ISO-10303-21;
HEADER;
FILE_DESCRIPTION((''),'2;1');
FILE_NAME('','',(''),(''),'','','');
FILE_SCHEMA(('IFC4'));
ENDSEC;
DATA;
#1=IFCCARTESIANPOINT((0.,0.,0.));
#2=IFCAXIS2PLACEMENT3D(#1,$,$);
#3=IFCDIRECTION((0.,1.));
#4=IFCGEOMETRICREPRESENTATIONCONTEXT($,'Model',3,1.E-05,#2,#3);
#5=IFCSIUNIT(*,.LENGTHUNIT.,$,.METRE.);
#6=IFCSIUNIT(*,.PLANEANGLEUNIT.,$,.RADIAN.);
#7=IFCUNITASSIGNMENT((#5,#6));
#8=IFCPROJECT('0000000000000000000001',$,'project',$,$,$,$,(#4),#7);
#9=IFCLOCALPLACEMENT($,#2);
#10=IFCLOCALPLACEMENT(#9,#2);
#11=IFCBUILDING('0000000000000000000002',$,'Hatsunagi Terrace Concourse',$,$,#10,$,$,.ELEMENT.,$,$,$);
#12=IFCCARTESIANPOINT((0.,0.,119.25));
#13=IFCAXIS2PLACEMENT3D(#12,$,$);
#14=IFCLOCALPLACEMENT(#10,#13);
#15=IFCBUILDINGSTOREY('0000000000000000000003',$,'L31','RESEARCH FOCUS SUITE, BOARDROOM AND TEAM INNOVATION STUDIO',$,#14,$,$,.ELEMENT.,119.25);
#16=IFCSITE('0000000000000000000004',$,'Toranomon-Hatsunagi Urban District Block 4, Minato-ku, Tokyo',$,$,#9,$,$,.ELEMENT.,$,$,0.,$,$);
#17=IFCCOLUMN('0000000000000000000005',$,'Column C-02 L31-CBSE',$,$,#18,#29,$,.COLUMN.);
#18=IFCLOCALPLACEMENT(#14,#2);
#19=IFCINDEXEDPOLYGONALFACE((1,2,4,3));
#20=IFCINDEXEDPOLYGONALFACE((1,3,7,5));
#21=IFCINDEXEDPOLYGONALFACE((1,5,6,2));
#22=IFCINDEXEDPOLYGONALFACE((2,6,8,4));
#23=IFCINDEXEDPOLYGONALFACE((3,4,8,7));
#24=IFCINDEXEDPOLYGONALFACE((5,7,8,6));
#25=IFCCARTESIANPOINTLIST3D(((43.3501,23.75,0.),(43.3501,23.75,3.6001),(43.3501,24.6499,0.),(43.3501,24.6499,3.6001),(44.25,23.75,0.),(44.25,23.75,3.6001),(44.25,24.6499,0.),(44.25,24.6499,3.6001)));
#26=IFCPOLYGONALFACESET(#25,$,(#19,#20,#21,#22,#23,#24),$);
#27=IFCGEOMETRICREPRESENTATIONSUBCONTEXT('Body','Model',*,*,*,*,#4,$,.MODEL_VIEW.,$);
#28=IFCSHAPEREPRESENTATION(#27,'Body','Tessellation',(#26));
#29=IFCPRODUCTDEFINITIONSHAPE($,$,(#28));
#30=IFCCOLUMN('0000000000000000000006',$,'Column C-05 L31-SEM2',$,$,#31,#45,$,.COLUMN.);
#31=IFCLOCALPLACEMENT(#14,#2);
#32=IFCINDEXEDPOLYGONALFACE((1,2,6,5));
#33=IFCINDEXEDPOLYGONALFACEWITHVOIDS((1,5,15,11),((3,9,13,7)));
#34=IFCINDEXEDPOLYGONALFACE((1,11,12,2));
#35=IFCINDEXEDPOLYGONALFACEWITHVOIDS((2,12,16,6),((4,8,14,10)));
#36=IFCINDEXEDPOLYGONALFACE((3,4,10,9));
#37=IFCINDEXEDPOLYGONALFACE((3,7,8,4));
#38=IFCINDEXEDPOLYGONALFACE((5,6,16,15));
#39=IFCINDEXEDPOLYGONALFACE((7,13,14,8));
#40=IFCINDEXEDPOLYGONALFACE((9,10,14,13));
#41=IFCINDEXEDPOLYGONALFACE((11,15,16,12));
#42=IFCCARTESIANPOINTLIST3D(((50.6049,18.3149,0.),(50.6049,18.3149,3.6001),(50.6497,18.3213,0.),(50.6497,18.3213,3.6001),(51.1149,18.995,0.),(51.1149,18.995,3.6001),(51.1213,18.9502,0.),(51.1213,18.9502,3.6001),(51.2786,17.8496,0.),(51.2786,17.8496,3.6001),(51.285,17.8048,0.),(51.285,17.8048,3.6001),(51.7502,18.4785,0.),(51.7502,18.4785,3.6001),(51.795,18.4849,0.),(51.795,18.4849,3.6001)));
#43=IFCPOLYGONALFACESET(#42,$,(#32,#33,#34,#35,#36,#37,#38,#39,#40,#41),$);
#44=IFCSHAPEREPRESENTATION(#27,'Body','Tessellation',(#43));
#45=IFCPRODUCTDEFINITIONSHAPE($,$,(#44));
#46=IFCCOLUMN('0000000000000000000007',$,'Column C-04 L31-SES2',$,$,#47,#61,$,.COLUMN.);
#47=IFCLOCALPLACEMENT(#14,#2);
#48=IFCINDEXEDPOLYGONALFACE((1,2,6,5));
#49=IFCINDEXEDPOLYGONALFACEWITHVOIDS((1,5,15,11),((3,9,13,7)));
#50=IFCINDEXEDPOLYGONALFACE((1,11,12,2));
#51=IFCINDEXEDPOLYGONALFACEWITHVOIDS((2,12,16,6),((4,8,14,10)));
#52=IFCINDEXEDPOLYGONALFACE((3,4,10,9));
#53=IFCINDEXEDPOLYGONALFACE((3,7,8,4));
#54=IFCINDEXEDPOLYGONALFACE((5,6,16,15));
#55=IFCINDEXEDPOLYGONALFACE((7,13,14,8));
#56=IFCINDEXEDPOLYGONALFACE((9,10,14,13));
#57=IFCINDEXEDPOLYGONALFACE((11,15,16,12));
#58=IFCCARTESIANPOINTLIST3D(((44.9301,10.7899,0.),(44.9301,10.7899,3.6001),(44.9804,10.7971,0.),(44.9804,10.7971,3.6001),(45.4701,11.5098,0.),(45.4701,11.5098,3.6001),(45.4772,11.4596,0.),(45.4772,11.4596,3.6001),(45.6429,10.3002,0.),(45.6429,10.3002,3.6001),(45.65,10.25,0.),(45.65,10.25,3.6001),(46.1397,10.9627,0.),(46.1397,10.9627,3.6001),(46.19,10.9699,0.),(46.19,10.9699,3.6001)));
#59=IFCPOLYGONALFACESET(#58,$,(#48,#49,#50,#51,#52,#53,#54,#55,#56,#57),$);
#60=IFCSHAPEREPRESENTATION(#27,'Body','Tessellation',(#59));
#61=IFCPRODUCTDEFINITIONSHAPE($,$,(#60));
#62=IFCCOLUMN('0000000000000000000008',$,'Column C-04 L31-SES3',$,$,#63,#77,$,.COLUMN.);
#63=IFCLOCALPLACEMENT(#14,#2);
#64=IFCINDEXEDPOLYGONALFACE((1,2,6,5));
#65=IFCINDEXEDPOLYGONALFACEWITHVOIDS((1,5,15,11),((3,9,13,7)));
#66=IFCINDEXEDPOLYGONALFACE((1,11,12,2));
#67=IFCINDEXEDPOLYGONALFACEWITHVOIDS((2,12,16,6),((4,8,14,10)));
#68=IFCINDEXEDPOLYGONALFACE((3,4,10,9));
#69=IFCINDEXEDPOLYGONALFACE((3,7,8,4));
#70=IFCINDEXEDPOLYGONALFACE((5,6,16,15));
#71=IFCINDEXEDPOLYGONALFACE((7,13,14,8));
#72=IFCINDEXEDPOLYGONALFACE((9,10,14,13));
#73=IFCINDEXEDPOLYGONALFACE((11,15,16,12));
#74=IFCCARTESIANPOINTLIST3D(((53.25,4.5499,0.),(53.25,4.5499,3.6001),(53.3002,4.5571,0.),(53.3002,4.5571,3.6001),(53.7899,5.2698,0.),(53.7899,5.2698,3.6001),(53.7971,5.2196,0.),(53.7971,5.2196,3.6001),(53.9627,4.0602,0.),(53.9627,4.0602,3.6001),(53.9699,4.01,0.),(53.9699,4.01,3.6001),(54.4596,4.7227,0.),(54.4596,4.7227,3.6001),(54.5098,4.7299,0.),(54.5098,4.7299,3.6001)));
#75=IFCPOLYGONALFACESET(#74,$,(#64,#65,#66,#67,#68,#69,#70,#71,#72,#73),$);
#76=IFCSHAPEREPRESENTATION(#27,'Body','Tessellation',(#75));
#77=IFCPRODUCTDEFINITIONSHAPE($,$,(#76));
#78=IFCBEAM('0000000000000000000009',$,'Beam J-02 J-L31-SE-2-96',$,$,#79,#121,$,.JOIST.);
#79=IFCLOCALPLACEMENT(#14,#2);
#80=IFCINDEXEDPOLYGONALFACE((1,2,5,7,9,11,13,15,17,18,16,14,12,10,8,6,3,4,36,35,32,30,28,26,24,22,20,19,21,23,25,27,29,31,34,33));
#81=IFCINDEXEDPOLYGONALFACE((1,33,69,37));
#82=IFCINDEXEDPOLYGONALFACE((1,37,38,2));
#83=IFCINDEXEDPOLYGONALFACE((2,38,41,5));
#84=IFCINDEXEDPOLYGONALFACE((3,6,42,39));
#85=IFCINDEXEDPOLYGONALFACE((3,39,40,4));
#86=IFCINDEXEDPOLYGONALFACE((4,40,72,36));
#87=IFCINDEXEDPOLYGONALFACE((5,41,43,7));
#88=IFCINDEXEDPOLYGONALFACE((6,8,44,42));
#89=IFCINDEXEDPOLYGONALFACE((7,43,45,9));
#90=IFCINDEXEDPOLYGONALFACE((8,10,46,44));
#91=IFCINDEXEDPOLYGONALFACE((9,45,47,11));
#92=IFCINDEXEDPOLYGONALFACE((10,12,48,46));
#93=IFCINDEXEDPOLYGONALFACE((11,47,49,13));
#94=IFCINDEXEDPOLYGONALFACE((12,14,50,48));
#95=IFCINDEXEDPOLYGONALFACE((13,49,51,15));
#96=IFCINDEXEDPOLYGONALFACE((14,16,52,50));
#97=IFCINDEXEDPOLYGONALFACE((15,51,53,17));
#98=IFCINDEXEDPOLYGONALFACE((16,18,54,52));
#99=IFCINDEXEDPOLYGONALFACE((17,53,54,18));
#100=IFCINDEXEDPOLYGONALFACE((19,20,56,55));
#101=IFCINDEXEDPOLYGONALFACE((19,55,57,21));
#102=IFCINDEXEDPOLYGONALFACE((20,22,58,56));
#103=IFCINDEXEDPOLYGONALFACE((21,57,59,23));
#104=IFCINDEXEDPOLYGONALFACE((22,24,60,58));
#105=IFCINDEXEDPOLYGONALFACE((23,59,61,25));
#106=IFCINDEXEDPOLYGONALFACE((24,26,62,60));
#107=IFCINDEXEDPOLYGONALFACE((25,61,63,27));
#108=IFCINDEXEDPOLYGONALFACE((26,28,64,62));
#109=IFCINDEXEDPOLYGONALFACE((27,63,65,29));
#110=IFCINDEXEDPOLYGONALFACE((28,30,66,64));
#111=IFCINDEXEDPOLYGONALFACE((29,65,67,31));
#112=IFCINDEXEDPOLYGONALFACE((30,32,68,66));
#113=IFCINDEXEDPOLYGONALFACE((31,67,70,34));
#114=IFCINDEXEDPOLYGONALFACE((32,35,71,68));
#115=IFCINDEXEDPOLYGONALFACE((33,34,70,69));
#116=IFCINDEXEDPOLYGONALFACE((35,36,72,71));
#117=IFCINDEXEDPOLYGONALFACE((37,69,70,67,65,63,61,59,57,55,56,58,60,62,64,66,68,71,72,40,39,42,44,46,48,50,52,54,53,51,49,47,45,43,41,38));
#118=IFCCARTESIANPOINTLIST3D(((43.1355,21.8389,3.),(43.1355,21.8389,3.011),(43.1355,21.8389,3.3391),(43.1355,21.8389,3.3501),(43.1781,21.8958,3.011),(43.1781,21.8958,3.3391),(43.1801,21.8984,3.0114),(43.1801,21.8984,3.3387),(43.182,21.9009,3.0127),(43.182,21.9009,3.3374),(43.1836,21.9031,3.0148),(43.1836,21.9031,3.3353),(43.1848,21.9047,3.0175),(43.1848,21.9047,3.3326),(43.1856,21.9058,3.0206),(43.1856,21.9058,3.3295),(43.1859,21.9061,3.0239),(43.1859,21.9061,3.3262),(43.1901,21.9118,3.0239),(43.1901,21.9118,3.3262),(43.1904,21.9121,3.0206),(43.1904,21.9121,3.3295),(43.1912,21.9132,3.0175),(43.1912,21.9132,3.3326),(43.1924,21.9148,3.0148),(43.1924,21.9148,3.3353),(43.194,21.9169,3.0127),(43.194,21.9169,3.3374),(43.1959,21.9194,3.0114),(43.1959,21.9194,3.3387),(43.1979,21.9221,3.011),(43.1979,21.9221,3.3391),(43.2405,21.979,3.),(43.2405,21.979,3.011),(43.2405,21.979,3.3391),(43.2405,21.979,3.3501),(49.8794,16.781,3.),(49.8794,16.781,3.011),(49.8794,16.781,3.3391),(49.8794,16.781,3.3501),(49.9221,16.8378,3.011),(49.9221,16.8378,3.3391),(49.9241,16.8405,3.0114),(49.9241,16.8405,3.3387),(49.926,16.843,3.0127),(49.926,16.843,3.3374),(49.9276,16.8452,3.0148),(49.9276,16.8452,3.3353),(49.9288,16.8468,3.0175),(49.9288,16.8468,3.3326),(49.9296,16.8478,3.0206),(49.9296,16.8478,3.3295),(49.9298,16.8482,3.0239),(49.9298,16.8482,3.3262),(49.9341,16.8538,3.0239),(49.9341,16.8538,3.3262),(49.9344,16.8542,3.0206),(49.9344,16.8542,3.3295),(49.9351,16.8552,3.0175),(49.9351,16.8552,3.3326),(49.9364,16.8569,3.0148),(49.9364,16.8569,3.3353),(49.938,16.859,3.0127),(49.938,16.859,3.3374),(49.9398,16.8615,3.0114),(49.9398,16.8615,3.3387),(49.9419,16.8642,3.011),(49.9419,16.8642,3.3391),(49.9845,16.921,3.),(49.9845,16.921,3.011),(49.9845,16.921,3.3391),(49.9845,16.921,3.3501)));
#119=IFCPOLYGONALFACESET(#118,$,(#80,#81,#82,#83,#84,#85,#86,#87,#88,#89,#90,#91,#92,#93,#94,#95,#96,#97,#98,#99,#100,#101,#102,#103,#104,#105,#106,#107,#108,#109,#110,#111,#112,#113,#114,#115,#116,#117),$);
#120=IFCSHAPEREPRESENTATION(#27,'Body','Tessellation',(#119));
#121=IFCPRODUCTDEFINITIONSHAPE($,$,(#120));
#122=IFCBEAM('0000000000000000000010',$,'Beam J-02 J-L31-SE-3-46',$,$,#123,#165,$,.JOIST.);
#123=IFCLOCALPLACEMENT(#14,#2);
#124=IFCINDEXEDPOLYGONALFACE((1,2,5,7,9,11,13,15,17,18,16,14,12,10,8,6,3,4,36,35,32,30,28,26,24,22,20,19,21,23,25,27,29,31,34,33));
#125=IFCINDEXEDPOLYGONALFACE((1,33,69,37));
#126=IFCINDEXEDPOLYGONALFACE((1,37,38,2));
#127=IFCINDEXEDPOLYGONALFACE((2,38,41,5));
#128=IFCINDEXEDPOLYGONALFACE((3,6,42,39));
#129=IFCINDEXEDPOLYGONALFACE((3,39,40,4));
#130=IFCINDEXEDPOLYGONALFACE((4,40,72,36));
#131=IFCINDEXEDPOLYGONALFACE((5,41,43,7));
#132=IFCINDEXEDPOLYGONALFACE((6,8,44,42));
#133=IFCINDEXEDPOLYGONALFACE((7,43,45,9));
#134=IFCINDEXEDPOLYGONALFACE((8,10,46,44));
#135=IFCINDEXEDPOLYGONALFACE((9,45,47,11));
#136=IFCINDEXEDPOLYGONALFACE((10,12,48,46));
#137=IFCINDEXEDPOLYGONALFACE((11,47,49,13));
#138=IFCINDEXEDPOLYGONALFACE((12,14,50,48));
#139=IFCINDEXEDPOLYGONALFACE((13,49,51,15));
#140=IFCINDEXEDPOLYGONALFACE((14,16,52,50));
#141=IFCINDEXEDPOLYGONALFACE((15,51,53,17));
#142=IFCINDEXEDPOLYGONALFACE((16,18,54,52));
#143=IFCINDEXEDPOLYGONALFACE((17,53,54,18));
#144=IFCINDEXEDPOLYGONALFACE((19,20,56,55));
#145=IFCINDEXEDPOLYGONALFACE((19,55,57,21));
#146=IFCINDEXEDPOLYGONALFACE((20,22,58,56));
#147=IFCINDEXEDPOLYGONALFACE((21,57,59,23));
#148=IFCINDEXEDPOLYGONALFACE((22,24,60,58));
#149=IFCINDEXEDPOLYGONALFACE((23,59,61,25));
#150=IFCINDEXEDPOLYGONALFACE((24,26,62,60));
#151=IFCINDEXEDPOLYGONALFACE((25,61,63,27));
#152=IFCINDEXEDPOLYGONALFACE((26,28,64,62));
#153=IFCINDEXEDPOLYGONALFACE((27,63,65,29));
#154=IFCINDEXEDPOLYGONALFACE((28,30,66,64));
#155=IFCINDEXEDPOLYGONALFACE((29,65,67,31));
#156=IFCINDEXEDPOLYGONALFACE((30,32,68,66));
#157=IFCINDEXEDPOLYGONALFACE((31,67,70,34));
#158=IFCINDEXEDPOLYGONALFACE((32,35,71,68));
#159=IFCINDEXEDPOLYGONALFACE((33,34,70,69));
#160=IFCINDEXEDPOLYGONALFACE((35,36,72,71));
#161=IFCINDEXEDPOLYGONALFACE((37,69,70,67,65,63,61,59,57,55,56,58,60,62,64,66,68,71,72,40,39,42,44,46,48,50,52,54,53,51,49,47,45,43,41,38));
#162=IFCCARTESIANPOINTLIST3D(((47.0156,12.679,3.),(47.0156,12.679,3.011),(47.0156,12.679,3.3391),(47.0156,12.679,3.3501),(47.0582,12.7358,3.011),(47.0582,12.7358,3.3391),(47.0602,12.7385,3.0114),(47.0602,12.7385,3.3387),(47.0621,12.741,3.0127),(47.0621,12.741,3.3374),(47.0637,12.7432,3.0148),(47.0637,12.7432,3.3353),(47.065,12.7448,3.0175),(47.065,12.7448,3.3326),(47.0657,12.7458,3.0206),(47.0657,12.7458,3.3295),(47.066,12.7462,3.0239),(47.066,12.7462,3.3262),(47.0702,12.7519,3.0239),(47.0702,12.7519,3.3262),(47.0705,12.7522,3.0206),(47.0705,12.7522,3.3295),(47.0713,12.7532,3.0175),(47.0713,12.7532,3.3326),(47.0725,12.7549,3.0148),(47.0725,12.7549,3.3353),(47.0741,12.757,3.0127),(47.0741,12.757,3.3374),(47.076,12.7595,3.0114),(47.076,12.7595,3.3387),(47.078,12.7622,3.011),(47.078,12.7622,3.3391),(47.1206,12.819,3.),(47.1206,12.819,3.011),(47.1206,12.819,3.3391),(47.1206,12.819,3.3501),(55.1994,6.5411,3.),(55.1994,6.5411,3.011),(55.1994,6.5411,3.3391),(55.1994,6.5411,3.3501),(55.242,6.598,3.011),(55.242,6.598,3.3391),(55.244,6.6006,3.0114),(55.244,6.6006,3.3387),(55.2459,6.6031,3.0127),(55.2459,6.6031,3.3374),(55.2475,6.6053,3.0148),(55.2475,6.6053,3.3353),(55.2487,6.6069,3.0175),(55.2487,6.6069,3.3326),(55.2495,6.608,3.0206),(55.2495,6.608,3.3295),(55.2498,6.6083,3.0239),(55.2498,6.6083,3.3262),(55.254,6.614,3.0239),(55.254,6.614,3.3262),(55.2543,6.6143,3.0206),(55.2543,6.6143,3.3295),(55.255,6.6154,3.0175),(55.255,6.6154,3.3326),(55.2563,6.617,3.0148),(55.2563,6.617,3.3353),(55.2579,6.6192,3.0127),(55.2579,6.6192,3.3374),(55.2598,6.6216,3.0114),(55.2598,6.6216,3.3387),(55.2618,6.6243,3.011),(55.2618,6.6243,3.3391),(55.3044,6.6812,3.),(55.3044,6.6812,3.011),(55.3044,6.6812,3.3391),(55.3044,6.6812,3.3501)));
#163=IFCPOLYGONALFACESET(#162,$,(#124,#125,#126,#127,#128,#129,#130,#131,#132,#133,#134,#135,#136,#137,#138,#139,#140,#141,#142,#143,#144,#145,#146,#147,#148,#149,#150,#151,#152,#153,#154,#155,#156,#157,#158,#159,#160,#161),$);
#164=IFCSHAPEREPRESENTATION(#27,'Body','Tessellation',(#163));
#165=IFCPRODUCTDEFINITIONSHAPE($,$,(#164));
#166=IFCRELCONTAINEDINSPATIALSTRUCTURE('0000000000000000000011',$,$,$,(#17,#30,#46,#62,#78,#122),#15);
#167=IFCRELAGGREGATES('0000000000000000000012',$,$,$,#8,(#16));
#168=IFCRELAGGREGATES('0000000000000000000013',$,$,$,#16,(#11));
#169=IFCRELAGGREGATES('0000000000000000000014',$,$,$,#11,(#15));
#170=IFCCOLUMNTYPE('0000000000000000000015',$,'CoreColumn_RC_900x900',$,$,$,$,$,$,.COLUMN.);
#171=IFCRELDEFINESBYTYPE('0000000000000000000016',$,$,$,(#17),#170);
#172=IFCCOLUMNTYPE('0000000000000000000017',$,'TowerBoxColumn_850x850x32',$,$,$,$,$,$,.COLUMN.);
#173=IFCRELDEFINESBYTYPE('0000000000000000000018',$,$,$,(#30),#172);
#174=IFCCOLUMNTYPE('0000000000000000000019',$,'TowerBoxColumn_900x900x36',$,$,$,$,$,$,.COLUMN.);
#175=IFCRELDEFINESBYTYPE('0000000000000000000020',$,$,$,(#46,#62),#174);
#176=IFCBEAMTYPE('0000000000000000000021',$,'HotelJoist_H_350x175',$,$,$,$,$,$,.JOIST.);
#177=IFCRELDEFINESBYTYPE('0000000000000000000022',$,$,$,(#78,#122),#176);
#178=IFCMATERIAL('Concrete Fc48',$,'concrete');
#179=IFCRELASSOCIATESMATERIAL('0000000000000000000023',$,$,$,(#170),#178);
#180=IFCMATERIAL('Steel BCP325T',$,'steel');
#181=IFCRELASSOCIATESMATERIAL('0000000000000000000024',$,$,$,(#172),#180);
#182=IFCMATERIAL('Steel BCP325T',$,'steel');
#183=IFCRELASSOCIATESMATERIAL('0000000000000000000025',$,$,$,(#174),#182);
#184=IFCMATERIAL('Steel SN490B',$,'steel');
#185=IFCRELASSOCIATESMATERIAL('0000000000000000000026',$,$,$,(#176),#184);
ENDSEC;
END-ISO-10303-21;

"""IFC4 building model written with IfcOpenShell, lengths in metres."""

from ifc_helpers import new_model, si_unit, direction, frame, origin, origin_2d, place, context, subcontext, project, spatial, rectangle, hollow_rectangle, i_section, extrude, material, material_profile, profile_set, type_object, element, save


model = new_model("IFC4")

# Units and contexts
model_context = context("Model", 3, precision=1e-05, world=origin(), true_north=direction((0.0, 1.0)))
body_context = subcontext(model_context, "Body", "Model", "MODEL_VIEW")
ifc_project = project(units=[si_unit("LENGTHUNIT", "METRE"), si_unit("PLANEANGLEUNIT", "RADIAN")], contexts=[model_context])

# Site, building, storey
site_placement = place(None, origin())
site = spatial("IfcSite", under=ifc_project, at=site_placement, Name="Toranomon-Hatsunagi Urban District Block 4, Minato-ku, Tokyo", CompositionType="ELEMENT", RefElevation=0.0)
building_placement = place(site_placement, origin())
building = spatial("IfcBuilding", under=site, at=building_placement, Name="Hatsunagi Terrace Concourse", CompositionType="ELEMENT")
storey_placement = place(building_placement, frame((0.0, 0.0, 119.25)))
storey = spatial("IfcBuildingStorey", under=building, at=storey_placement, Name="L31", Description="RESEARCH FOCUS SUITE, BOARDROOM AND TEAM INNOVATION STUDIO", CompositionType="ELEMENT", Elevation=119.25)

# Columns
ifc_material_1 = material(Name="Concrete Fc48", Category="concrete")
ifc_material_profile_1 = material_profile(ifc_material_1, rectangle(XDim=0.8999, YDim=0.8999, at=origin_2d()), Name="RC-900x900")
ifc_profile_set_1 = profile_set([ifc_material_profile_1], Name="Concrete Fc48")
column_type_1 = type_object("IfcColumnType", Name="CoreColumn_RC_900x900", PredefinedType="COLUMN", material=ifc_profile_set_1)
column_1_placement = place(storey_placement, frame((43.8, 24.2, 0.0), z_axis=(0.0, 0.0, 1.0), x_axis=(1.0, 0.0, 0.0)))
element("IfcColumn", 1, at=column_1_placement, inside=storey, type_object=column_type_1, Name="Column C-02 L31-CBSE", PredefinedType="COLUMN", context=body_context, shape_type="SweptSolid", body=[
    extrude(rectangle(XDim=0.8999, YDim=0.8999, at=origin_2d()), origin(), (0.0, 0.0, 1.0), 3.6001),
])
ifc_material_2 = material(Name="Steel BCP325T", Category="steel")
ifc_material_profile_2 = material_profile(ifc_material_2, hollow_rectangle(XDim=0.8501, YDim=0.8501, WallThickness=0.032, at=origin_2d()), Name="BCP-850x850x32")
ifc_profile_set_2 = profile_set([ifc_material_profile_2], Name="Steel BCP325T")
column_type_2 = type_object("IfcColumnType", Name="TowerBoxColumn_850x850x32", PredefinedType="COLUMN", material=ifc_profile_set_2)
column_2_placement = place(storey_placement, frame((51.2, 18.3999, 0.0), z_axis=(0.0, 0.0, 1.0), x_axis=(0.8, -0.6, 0.0)))
element("IfcColumn", 2, at=column_2_placement, inside=storey, type_object=column_type_2, Name="Column C-05 L31-SEM2", PredefinedType="COLUMN", context=body_context, shape_type="SweptSolid", body=[
    extrude(hollow_rectangle(XDim=0.8501, YDim=0.8501, WallThickness=0.032, at=origin_2d()), origin(), (0.0, 0.0, 1.0), 3.6001),
])
ifc_material_3 = material(Name="Steel BCP325T", Category="steel")
ifc_material_profile_3 = material_profile(ifc_material_3, hollow_rectangle(XDim=0.8999, YDim=0.8999, WallThickness=0.0359, at=origin_2d()), Name="BCP-900x900x36")
ifc_profile_set_3 = profile_set([ifc_material_profile_3], Name="Steel BCP325T")
column_type_3 = type_object("IfcColumnType", Name="TowerBoxColumn_900x900x36", PredefinedType="COLUMN", material=ifc_profile_set_3)
for number, where, z_axis, x_axis, name in (
    (3, (45.5601, 10.8799, 0.0), (0.0, 0.0, 1.0), (0.8, -0.6, 0.0), "Column C-04 L31-SES2"),
    (4, (53.8799, 4.6399, 0.0), (0.0, 0.0, 1.0), (0.8, -0.6, 0.0), "Column C-04 L31-SES3"),
):
    element("IfcColumn", number, at=place(storey_placement, frame(where, z_axis=z_axis, x_axis=x_axis)), inside=storey, type_object=column_type_3, Name=name, PredefinedType="COLUMN", context=body_context, shape_type="SweptSolid", body=[
        extrude(hollow_rectangle(XDim=0.8999, YDim=0.8999, WallThickness=0.0359, at=origin_2d()), origin(), (0.0, 0.0, 1.0), 3.6001),
    ])

# Beams
ifc_material_4 = material(Name="Steel SN490B", Category="steel")
ifc_material_profile_4 = material_profile(ifc_material_4, i_section(OverallWidth=0.175, OverallDepth=0.3501, WebThickness=0.0071, FlangeThickness=0.011, FilletRadius=0.0129, at=origin_2d()), Name="H-350x175x7x11")
ifc_profile_set_4 = profile_set([ifc_material_profile_4], Name="Steel SN490B")
beam_type_1 = type_object("IfcBeamType", Name="HotelJoist_H_350x175", PredefinedType="JOIST", material=ifc_profile_set_4)
beam_1_placement = place(storey_placement, frame((43.188, 21.9089, 3.175), z_axis=(0.800003, -0.599995, 0.0), x_axis=(0.599995, 0.800003, 0.0)))
element("IfcBeam", 5, at=beam_1_placement, inside=storey, type_object=beam_type_1, Name="Beam J-02 J-L31-SE-2-96", PredefinedType="JOIST", context=body_context, shape_type="SweptSolid", body=[
    extrude(i_section(OverallWidth=0.175, OverallDepth=0.3501, WebThickness=0.0071, FlangeThickness=0.011, FilletRadius=0.0129, at=origin_2d()), origin(), (0.0, 0.0, 1.0), 8.4299),
])
beam_2_placement = place(storey_placement, frame((47.0681, 12.749, 3.175), z_axis=(0.799997, -0.600004, 0.0), x_axis=(0.600004, 0.799997, 0.0)))
element("IfcBeam", 6, at=beam_2_placement, inside=storey, type_object=beam_type_1, Name="Beam J-02 J-L31-SE-3-46", PredefinedType="JOIST", context=body_context, shape_type="SweptSolid", body=[
    extrude(i_section(OverallWidth=0.175, OverallDepth=0.3501, WebThickness=0.0071, FlangeThickness=0.011, FilletRadius=0.0129, at=origin_2d()), origin(), (0.0, 0.0, 1.0), 10.2297),
])

save(model, "model.ifc")
